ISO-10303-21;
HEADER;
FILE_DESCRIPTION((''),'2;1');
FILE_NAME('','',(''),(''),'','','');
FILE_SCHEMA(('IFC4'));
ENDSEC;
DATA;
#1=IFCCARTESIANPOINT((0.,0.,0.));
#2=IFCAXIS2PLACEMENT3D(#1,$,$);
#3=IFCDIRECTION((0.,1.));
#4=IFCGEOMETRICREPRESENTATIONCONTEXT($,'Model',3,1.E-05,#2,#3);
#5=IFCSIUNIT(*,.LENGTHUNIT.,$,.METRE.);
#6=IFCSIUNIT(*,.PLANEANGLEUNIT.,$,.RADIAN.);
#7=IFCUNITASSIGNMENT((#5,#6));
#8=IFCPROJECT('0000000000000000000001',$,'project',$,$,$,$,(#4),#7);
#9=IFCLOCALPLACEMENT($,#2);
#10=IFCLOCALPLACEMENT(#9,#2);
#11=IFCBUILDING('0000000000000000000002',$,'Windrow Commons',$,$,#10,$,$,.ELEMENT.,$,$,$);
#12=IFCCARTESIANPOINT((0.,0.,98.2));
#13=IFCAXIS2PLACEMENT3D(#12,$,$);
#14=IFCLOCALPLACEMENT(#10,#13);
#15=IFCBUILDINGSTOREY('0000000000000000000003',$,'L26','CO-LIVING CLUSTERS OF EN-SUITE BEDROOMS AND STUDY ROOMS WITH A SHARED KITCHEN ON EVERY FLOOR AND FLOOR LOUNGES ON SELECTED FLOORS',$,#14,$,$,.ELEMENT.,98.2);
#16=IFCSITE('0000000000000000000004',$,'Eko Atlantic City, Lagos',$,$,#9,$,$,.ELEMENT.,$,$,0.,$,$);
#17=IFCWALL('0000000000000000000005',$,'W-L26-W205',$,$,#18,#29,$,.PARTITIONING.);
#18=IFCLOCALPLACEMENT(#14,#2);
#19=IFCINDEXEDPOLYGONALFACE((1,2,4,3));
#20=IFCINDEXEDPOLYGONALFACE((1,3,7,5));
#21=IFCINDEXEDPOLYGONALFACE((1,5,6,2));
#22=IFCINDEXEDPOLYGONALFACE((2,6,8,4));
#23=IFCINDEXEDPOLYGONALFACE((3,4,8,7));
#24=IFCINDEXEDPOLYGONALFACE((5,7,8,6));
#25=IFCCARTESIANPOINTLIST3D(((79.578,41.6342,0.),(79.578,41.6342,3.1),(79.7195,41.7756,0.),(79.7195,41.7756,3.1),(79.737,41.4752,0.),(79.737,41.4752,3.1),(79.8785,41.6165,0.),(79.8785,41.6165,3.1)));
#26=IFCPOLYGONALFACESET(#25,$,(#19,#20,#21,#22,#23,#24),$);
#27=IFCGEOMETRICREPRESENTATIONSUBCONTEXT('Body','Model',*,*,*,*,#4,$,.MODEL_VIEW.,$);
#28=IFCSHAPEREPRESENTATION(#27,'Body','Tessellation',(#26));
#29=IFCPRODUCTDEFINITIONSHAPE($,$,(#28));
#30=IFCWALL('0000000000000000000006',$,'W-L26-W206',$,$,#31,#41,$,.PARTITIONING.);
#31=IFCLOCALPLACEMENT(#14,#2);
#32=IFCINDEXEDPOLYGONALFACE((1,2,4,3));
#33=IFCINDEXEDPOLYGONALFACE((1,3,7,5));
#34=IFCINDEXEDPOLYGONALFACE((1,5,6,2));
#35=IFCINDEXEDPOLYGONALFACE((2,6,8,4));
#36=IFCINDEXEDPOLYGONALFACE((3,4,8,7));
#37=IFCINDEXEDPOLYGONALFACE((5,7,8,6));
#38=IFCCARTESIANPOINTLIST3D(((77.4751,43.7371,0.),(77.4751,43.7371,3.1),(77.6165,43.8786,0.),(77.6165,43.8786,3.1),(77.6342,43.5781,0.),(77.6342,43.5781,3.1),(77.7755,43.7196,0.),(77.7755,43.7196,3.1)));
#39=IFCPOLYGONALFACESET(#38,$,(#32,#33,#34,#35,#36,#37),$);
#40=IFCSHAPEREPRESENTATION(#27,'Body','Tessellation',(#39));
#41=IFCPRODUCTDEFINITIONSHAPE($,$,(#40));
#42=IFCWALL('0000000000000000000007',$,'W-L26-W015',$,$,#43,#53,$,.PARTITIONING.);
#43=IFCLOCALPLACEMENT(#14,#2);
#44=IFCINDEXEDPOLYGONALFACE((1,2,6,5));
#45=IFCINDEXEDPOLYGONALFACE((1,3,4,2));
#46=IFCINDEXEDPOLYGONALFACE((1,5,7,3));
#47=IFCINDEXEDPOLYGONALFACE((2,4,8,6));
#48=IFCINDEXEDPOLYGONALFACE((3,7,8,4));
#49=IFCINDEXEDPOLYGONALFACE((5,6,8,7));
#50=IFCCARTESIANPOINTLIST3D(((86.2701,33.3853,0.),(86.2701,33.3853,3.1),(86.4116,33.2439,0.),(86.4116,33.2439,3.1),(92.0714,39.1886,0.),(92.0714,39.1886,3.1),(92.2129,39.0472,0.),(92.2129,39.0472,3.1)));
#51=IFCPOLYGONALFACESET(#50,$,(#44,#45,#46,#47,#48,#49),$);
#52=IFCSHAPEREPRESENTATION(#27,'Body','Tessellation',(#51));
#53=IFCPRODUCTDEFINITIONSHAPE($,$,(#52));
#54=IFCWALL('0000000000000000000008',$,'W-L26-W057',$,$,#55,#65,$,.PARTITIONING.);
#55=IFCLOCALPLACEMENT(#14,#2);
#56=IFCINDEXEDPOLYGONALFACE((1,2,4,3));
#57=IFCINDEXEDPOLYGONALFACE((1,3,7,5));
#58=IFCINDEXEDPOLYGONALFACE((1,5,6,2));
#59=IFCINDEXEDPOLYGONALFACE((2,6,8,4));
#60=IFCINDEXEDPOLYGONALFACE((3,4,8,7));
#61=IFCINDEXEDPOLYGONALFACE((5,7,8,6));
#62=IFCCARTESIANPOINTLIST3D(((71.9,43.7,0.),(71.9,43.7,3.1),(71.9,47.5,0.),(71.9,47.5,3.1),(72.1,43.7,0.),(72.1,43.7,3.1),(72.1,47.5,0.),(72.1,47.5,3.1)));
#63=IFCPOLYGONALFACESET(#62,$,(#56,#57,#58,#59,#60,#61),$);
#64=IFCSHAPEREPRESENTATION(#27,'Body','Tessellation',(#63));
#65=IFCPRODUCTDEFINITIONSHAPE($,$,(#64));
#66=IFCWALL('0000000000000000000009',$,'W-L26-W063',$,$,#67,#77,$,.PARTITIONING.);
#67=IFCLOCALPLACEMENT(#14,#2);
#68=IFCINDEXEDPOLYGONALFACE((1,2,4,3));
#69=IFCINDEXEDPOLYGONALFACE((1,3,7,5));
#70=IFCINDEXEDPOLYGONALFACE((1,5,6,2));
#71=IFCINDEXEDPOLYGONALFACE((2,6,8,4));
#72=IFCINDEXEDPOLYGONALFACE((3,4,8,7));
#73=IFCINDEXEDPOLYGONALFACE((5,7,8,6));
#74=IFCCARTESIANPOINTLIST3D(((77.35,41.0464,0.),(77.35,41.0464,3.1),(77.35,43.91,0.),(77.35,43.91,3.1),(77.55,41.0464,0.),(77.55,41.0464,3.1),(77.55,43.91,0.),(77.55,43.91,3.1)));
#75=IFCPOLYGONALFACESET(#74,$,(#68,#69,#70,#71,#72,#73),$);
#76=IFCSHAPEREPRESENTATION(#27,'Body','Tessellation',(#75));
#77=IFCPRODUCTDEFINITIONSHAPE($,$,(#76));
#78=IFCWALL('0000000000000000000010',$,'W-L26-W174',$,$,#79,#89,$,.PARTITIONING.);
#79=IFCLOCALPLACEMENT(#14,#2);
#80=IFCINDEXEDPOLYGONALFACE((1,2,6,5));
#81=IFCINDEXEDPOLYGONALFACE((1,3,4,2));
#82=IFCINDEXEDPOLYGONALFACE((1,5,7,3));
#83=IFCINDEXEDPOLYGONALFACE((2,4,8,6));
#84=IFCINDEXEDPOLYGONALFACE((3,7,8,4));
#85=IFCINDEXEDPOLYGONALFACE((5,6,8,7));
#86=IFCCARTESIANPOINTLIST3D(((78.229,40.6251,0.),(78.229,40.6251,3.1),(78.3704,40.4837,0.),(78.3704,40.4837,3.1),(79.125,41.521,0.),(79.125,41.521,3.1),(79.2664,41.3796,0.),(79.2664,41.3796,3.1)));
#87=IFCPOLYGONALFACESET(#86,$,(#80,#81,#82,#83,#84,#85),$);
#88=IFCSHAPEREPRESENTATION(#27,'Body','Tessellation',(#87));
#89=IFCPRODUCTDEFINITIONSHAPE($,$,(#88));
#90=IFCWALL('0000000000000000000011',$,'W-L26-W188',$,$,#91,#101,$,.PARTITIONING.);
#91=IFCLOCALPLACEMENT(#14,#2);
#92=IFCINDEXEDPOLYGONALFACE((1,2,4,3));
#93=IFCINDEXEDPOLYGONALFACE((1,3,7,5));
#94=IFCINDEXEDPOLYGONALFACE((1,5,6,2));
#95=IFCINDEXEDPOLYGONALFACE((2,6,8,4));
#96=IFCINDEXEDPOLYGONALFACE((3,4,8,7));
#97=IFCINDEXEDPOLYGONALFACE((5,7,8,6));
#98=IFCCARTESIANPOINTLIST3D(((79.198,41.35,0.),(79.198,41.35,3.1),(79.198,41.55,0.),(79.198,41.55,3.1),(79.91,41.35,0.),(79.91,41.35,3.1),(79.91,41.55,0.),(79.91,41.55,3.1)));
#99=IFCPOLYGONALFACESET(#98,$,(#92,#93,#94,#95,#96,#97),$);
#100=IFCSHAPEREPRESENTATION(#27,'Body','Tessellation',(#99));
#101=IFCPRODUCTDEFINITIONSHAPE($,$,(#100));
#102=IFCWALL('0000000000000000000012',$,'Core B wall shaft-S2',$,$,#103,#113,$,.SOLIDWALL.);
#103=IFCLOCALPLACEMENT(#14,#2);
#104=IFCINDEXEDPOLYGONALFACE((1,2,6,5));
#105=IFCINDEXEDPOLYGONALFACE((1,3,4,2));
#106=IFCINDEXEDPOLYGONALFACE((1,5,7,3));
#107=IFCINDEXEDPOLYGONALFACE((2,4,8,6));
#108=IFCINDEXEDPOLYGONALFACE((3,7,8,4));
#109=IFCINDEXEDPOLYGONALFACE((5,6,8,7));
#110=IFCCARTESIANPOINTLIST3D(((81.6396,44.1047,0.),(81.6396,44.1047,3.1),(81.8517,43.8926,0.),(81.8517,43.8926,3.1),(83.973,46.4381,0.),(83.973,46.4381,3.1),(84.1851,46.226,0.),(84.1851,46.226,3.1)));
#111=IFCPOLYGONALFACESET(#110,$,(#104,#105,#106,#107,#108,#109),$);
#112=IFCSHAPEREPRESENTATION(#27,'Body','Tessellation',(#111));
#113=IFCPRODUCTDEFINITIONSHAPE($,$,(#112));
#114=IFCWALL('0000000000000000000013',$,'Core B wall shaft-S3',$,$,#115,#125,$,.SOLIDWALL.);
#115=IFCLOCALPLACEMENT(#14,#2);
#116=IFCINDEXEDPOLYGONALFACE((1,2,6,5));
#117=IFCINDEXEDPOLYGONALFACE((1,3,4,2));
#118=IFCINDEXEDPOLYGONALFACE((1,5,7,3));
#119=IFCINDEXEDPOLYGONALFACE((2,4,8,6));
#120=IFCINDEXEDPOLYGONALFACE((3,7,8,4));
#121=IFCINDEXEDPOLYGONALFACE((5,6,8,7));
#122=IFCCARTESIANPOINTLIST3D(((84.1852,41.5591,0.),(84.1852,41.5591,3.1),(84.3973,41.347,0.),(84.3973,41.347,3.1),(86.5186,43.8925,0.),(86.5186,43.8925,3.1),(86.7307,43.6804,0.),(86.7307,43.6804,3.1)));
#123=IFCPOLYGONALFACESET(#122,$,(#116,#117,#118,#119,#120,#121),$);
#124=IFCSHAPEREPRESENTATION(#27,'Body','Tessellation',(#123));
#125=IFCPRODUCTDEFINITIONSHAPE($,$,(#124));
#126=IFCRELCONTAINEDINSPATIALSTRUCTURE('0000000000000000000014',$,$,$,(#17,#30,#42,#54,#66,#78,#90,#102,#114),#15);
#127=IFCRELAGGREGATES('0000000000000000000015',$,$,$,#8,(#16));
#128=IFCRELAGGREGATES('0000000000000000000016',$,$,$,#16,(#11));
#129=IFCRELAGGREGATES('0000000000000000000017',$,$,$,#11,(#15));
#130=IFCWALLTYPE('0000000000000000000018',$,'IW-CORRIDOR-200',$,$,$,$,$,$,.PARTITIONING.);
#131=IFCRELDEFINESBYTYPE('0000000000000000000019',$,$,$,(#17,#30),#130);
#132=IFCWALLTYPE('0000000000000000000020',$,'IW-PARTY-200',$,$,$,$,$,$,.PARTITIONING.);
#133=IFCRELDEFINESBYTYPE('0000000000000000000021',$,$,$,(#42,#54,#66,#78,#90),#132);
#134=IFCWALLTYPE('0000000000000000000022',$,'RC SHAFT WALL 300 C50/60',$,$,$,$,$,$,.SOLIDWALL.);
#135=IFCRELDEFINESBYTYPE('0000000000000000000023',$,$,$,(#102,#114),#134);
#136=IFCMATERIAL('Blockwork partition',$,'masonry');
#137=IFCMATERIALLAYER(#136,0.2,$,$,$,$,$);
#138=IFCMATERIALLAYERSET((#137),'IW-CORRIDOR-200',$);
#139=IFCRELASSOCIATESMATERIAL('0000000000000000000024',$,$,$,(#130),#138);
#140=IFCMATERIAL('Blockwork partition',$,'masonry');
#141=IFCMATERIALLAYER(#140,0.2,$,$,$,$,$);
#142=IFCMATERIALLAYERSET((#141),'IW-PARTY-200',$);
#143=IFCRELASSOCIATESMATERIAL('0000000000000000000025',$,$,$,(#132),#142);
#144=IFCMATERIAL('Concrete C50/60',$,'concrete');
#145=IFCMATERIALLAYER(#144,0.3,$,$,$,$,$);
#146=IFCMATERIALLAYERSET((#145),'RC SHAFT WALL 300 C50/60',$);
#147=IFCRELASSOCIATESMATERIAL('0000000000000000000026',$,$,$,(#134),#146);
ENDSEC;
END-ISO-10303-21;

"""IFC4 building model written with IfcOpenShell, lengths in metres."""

from ifc_helpers import new_model, si_unit, direction, frame, frame_2d, origin, place, context, subcontext, project, spatial, rectangle, extrude, material, layer, layer_set, type_object, element, save


model = new_model("IFC4")

# Units and contexts
model_context = context("Model", 3, precision=1e-05, world=origin(), true_north=direction((0.0, 1.0)))
body_context = subcontext(model_context, "Body", "Model", "MODEL_VIEW")
ifc_project = project(units=[si_unit("LENGTHUNIT", "METRE"), si_unit("PLANEANGLEUNIT", "RADIAN")], contexts=[model_context])

# Site, building, storey
site_placement = place(None, origin())
site = spatial("IfcSite", under=ifc_project, at=site_placement, Name="Eko Atlantic City, Lagos", CompositionType="ELEMENT", RefElevation=0.0)
building_placement = place(site_placement, origin())
building = spatial("IfcBuilding", under=site, at=building_placement, Name="Windrow Commons", CompositionType="ELEMENT")
storey_placement = place(building_placement, frame((0.0, 0.0, 98.2)))
storey = spatial("IfcBuildingStorey", under=building, at=storey_placement, Name="L26", Description="CO-LIVING CLUSTERS OF EN-SUITE BEDROOMS AND STUDY ROOMS WITH A SHARED KITCHEN ON EVERY FLOOR AND FLOOR LOUNGES ON SELECTED FLOORS", CompositionType="ELEMENT", Elevation=98.2)

# Walls
ifc_material_1 = material(Name="Blockwork partition", Category="masonry")
ifc_layer_1 = layer(ifc_material_1, 0.2)
ifc_layer_set_1 = layer_set([ifc_layer_1], Name="IW-CORRIDOR-200")
wall_type_1 = type_object("IfcWallType", Name="IW-CORRIDOR-200", PredefinedType="PARTITIONING", material=ifc_layer_set_1)
for number, where, z_axis, x_axis, name in (
    (1, (79.6488, 41.7049, 0.0), (0.0, 0.0, 1.0), (0.706884, -0.707329, 0.0), "W-L26-W205"),
    (2, (77.5458, 43.8078, 0.0), (0.0, 0.0, 1.0), (0.707329, -0.706884, 0.0), "W-L26-W206"),
):
    element("IfcWall", number, at=place(storey_placement, frame(where, z_axis=z_axis, x_axis=x_axis)), inside=storey, type_object=wall_type_1, Name=name, PredefinedType="PARTITIONING", context=body_context, shape_type="SweptSolid", body=[
        extrude(rectangle(XDim=0.2249, YDim=0.2, at=frame_2d((0.1124, 0.0))), origin(), (0.0, 0.0, 1.0), 3.1),
    ])
ifc_material_2 = material(Name="Blockwork partition", Category="masonry")
ifc_layer_2 = layer(ifc_material_2, 0.2)
ifc_layer_set_2 = layer_set([ifc_layer_2], Name="IW-PARTY-200")
wall_type_2 = type_object("IfcWallType", Name="IW-PARTY-200", PredefinedType="PARTITIONING", material=ifc_layer_set_2)
wall_1_placement = place(storey_placement, frame((86.3408, 33.3146, 0.0), z_axis=(0.0, 0.0, 1.0), x_axis=(0.706985, 0.707229, 0.0)))
element("IfcWall", 3, at=wall_1_placement, inside=storey, type_object=wall_type_2, Name="W-L26-W015", PredefinedType="PARTITIONING", context=body_context, shape_type="SweptSolid", body=[
    extrude(rectangle(XDim=8.2057, YDim=0.2, at=frame_2d((4.1029, 0.0))), origin(), (0.0, 0.0, 1.0), 3.1),
])
wall_2_placement = place(storey_placement, frame((72.0, 43.7, 0.0), z_axis=(0.0, 0.0, 1.0), x_axis=(0.0, 1.0, 0.0)))
element("IfcWall", 4, at=wall_2_placement, inside=storey, type_object=wall_type_2, Name="W-L26-W057", PredefinedType="PARTITIONING", context=body_context, shape_type="SweptSolid", body=[
    extrude(rectangle(XDim=3.8, YDim=0.2, at=frame_2d((1.9, 0.0))), origin(), (0.0, 0.0, 1.0), 3.1),
])
wall_3_placement = place(storey_placement, frame((77.45, 41.0464, 0.0), z_axis=(0.0, 0.0, 1.0), x_axis=(0.0, 1.0, 0.0)))
element("IfcWall", 5, at=wall_3_placement, inside=storey, type_object=wall_type_2, Name="W-L26-W063", PredefinedType="PARTITIONING", context=body_context, shape_type="SweptSolid", body=[
    extrude(rectangle(XDim=2.8636, YDim=0.2, at=frame_2d((1.4318, 0.0))), origin(), (0.0, 0.0, 1.0), 3.1),
])
wall_4_placement = place(storey_placement, frame((78.2997, 40.5544, 0.0), z_axis=(0.0, 0.0, 1.0), x_axis=(0.707146, 0.707067, 0.0)))
element("IfcWall", 6, at=wall_4_placement, inside=storey, type_object=wall_type_2, Name="W-L26-W174", PredefinedType="PARTITIONING", context=body_context, shape_type="SweptSolid", body=[
    extrude(rectangle(XDim=1.2671, YDim=0.2, at=frame_2d((0.6335, 0.0))), origin(), (0.0, 0.0, 1.0), 3.1),
])
wall_5_placement = place(storey_placement, frame((79.198, 41.45, 0.0), z_axis=(0.0, 0.0, 1.0), x_axis=(1.0, 0.0, 0.0)))
element("IfcWall", 7, at=wall_5_placement, inside=storey, type_object=wall_type_2, Name="W-L26-W188", PredefinedType="PARTITIONING", context=body_context, shape_type="SweptSolid", body=[
    extrude(rectangle(XDim=0.712, YDim=0.2, at=frame_2d((0.356, 0.0))), origin(), (0.0, 0.0, 1.0), 3.1),
])
ifc_material_3 = material(Name="Concrete C50/60", Category="concrete")
ifc_layer_3 = layer(ifc_material_3, 0.3)
ifc_layer_set_3 = layer_set([ifc_layer_3], Name="RC SHAFT WALL 300 C50/60")
wall_type_3 = type_object("IfcWallType", Name="RC SHAFT WALL 300 C50/60", PredefinedType="SOLIDWALL", material=ifc_layer_set_3)
for number, where, z_axis, x_axis, name in (
    (8, (81.7456, 43.9986, 0.0), (0.0, 0.0, 1.0), (0.707107, 0.707107, 0.0), "Core B wall shaft-S2"),
    (9, (84.2912, 41.453, 0.0), (0.0, 0.0, 1.0), (0.707107, 0.707107, 0.0), "Core B wall shaft-S3"),
):
    element("IfcWall", number, at=place(storey_placement, frame(where, z_axis=z_axis, x_axis=x_axis)), inside=storey, type_object=wall_type_3, Name=name, PredefinedType="SOLIDWALL", context=body_context, shape_type="SweptSolid", body=[
        extrude(rectangle(XDim=3.2999, YDim=0.3, at=frame_2d((1.65, 0.0))), origin(), (0.0, 0.0, 1.0), 3.1),
    ])

save(model, "model.ifc")
